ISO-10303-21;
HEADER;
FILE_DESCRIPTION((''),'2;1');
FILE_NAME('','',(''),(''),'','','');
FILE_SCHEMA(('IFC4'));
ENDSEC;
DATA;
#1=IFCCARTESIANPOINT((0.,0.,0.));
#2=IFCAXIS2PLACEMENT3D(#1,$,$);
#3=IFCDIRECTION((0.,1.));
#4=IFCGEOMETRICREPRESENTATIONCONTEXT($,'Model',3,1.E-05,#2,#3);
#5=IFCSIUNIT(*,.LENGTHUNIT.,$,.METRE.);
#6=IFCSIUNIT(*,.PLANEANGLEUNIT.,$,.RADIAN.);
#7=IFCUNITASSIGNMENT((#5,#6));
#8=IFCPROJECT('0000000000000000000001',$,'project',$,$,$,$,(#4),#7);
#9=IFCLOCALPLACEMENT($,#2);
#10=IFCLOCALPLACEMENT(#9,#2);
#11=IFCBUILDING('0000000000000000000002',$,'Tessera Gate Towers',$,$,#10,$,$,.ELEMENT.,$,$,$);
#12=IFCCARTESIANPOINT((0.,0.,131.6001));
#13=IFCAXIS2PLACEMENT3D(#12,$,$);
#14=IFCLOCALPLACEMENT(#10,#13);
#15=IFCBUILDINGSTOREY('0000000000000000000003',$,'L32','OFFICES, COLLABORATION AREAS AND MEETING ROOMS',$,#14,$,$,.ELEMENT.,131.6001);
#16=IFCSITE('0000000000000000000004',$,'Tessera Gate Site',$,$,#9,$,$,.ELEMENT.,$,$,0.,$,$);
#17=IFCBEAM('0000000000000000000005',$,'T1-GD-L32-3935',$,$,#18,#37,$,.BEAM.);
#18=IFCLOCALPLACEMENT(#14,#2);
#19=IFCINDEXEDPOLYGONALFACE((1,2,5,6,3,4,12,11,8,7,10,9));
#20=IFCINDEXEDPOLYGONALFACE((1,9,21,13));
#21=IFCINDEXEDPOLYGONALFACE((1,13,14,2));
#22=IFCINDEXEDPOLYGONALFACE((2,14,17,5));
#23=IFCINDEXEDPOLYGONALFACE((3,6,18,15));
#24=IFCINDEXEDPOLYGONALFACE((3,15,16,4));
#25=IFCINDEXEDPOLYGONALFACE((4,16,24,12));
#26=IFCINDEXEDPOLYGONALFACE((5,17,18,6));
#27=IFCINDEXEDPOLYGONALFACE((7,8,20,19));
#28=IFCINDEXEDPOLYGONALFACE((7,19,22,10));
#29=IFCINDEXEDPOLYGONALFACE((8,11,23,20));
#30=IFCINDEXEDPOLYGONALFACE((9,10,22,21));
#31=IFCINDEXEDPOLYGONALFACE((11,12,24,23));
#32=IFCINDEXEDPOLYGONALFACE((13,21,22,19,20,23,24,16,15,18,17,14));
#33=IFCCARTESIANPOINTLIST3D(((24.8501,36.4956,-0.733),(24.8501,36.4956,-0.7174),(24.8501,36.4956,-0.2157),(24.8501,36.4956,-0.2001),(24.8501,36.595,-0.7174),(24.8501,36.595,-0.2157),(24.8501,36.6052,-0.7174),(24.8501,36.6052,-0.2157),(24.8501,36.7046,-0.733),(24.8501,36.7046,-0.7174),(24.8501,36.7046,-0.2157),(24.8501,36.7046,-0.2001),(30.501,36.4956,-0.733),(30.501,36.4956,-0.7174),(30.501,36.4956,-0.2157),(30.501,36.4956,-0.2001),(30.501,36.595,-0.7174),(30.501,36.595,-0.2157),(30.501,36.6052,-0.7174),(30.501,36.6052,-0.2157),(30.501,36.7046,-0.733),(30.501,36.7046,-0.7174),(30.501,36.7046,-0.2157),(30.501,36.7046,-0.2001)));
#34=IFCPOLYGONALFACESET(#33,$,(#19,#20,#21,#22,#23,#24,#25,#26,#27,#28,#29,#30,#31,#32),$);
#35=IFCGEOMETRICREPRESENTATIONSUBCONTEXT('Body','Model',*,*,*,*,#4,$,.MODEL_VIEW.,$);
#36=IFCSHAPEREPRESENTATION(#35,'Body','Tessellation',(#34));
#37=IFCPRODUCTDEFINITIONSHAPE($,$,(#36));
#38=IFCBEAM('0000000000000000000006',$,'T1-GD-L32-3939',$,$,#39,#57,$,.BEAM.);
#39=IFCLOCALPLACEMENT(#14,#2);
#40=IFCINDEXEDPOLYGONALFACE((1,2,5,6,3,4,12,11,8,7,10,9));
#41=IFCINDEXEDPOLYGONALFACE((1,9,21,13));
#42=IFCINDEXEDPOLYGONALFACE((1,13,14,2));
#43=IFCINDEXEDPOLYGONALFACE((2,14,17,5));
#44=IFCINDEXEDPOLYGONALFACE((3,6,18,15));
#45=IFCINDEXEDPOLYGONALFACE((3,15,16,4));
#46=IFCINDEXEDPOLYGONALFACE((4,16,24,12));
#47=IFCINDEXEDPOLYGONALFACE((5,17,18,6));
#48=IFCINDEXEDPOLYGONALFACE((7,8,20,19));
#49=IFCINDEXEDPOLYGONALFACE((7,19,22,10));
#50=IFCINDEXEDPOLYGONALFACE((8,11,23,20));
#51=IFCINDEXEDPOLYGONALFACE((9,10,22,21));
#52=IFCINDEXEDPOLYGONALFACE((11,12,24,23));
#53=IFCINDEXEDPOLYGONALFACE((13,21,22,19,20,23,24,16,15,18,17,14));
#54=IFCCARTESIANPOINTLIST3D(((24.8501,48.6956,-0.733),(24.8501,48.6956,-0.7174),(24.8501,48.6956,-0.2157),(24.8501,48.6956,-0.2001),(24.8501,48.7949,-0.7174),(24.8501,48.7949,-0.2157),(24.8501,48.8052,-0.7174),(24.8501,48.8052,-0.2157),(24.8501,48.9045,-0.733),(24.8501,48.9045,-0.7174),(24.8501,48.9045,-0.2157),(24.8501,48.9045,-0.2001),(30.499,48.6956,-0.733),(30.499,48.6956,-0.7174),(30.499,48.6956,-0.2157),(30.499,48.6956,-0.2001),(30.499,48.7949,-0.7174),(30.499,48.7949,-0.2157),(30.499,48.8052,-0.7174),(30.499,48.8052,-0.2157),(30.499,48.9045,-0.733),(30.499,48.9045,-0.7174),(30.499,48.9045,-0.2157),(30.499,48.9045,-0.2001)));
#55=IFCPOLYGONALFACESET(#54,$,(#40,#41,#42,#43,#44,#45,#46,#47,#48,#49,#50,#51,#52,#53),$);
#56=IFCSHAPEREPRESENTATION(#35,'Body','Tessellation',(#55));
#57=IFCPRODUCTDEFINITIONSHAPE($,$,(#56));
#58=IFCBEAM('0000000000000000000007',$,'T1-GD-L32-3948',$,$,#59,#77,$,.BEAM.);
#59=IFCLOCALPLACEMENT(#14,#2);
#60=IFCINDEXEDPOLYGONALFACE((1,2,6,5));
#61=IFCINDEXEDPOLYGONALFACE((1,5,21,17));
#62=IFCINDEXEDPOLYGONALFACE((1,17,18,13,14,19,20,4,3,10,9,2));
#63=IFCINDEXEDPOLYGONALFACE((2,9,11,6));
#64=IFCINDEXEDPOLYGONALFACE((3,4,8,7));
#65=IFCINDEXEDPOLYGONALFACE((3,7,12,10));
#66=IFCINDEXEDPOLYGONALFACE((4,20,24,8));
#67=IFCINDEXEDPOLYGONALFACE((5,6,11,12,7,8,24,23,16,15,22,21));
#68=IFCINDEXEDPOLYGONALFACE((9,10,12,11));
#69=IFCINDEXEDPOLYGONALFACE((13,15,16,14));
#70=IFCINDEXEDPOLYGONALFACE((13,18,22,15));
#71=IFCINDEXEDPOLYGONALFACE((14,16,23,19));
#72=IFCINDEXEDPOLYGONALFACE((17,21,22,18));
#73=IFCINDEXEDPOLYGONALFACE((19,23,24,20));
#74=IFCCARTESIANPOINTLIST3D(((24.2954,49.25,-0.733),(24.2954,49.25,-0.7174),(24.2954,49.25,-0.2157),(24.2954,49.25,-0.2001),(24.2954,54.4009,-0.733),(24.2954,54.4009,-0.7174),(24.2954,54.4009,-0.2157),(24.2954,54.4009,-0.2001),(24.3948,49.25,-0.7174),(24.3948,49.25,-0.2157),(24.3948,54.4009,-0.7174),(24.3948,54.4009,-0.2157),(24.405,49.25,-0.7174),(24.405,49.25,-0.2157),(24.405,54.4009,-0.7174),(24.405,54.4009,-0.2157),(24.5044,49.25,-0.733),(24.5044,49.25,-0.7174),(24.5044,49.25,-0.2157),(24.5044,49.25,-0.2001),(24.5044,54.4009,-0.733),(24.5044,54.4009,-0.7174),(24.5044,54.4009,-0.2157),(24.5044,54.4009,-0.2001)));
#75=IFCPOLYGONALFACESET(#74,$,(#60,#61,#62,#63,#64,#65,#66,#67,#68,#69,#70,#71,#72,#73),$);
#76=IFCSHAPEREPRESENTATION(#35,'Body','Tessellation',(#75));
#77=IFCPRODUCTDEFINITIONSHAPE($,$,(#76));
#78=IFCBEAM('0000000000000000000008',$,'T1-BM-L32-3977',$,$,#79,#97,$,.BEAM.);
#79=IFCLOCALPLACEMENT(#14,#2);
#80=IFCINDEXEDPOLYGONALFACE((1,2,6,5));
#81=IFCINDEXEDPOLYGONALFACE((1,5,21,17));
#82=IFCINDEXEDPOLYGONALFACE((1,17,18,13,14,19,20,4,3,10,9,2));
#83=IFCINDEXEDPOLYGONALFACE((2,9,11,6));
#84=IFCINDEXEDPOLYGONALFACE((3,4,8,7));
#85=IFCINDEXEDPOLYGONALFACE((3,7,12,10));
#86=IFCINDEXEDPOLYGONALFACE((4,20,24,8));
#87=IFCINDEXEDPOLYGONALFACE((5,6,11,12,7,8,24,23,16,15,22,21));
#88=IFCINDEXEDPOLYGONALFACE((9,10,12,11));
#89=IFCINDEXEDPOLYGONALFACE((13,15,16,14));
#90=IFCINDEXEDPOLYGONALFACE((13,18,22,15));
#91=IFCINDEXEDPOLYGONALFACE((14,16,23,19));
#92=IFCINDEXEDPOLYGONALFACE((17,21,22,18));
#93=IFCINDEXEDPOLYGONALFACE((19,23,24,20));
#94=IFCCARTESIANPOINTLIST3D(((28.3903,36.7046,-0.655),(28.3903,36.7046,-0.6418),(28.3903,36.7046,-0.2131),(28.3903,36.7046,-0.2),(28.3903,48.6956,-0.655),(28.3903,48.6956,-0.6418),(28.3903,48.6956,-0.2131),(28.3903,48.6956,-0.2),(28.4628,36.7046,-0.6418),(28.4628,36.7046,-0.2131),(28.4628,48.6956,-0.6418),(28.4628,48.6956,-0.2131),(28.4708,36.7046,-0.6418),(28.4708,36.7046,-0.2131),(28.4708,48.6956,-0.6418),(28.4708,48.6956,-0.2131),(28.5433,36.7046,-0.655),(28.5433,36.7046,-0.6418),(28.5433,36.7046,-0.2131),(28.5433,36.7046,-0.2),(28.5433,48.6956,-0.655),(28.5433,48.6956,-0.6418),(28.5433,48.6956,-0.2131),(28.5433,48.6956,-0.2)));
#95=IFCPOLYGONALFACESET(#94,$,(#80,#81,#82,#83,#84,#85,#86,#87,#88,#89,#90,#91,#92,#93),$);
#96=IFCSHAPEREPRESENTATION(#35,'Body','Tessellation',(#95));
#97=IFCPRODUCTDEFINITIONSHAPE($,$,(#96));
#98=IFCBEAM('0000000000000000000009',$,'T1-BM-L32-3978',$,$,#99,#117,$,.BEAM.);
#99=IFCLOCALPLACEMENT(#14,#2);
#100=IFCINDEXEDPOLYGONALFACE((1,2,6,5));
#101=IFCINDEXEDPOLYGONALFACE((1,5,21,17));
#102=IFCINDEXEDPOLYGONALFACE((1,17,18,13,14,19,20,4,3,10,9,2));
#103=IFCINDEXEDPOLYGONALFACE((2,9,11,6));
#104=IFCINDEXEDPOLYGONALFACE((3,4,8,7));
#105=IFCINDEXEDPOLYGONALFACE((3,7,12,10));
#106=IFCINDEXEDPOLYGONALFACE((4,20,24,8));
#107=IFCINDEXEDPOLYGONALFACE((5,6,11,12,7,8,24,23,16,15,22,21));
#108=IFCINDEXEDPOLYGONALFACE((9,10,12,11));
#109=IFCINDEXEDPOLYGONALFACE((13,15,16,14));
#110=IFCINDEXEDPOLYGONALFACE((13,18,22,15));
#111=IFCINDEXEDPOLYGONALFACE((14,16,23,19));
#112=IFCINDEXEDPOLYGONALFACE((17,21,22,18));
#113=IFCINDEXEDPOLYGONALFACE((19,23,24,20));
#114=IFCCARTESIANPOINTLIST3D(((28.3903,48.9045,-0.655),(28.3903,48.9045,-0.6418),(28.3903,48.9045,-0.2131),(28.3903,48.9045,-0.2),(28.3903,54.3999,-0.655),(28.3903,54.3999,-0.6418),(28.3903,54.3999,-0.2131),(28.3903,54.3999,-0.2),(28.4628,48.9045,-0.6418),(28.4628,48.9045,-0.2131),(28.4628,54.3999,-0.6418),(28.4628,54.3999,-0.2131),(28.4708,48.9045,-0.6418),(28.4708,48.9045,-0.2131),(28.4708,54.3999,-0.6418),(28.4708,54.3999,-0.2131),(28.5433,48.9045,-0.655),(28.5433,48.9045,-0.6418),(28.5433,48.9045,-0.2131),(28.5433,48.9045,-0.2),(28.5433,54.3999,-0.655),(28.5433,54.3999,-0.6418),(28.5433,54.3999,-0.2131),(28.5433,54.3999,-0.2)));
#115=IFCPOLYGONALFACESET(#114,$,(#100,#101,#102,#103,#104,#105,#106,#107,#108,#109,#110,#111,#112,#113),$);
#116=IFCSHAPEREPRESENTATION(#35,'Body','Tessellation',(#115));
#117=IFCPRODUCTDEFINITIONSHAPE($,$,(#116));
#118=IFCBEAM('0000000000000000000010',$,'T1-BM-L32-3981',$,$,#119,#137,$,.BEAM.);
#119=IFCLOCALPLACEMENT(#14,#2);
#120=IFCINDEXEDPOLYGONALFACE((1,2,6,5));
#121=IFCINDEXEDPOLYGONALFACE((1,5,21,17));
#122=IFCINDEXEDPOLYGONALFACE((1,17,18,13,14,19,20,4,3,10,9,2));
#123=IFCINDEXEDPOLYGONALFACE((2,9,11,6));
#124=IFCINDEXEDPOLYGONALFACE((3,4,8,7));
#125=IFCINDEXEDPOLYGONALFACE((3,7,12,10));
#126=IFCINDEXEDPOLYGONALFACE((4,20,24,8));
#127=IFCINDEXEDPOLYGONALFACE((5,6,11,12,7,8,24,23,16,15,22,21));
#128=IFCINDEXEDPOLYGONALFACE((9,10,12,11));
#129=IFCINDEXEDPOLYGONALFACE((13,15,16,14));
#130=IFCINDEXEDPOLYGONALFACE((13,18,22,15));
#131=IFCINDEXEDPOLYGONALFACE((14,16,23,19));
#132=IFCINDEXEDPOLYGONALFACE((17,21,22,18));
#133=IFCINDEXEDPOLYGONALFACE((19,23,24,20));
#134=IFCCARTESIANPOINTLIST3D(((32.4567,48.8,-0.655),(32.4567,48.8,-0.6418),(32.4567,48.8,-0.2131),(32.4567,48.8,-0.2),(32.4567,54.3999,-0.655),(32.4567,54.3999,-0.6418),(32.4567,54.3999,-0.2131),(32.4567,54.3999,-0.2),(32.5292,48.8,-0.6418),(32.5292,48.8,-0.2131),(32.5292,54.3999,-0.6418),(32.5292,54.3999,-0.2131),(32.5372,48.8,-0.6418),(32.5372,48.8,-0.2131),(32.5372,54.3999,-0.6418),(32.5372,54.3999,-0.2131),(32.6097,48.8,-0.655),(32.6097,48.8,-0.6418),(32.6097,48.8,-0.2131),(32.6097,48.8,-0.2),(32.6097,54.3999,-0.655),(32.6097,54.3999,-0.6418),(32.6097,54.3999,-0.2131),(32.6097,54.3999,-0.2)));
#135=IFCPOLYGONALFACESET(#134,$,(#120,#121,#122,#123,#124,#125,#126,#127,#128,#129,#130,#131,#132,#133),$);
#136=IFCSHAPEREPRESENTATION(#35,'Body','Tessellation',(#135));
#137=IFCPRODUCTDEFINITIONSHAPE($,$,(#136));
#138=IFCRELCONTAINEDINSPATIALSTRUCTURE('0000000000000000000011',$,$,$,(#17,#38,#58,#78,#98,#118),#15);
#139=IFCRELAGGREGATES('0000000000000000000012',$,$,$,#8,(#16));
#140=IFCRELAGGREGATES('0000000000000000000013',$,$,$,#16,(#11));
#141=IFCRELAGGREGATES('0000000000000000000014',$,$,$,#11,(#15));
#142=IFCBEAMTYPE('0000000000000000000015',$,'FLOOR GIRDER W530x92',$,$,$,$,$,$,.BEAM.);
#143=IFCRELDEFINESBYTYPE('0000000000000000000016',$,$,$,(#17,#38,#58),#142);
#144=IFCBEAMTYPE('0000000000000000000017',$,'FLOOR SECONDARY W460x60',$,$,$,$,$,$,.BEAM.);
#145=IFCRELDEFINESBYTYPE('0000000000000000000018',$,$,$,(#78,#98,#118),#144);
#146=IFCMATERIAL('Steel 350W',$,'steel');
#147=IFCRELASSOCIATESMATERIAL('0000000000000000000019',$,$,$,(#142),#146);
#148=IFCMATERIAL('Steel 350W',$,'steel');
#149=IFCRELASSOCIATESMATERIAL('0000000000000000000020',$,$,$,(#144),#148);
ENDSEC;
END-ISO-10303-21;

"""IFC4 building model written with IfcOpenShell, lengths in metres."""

from ifc_helpers import new_model, si_unit, direction, frame, origin, origin_2d, place, context, subcontext, project, spatial, i_section, extrude, material, material_profile, profile_set, type_object, element, save


model = new_model("IFC4")

# Units and contexts
model_context = context("Model", 3, precision=1e-05, world=origin(), true_north=direction((0.0, 1.0)))
body_context = subcontext(model_context, "Body", "Model", "MODEL_VIEW")
ifc_project = project(units=[si_unit("LENGTHUNIT", "METRE"), si_unit("PLANEANGLEUNIT", "RADIAN")], contexts=[model_context])

# Site, building, storey
site_placement = place(None, origin())
site = spatial("IfcSite", under=ifc_project, at=site_placement, Name="Tessera Gate Site", CompositionType="ELEMENT", RefElevation=0.0)
building_placement = place(site_placement, origin())
building = spatial("IfcBuilding", under=site, at=building_placement, Name="Tessera Gate Towers", CompositionType="ELEMENT")
storey_placement = place(building_placement, frame((0.0, 0.0, 131.6001)))
storey = spatial("IfcBuildingStorey", under=building, at=storey_placement, Name="L32", Description="OFFICES, COLLABORATION AREAS AND MEETING ROOMS", CompositionType="ELEMENT", Elevation=131.6001)

# Beams
ifc_material_1 = material(Name="Steel 350W", Category="steel")
ifc_material_profile_1 = material_profile(ifc_material_1, i_section(OverallWidth=0.209, OverallDepth=0.533, WebThickness=0.0103, FlangeThickness=0.0156, at=origin_2d()), Name="W530x92")
ifc_profile_set_1 = profile_set([ifc_material_profile_1], Name="Steel 350W")
beam_type_1 = type_object("IfcBeamType", Name="FLOOR GIRDER W530x92", PredefinedType="BEAM", material=ifc_profile_set_1)
beam_1_placement = place(storey_placement, frame((24.8501, 36.6001, -0.4666), z_axis=(1.0, 0.0, 0.0), x_axis=(0.0, 1.0, 0.0)))
element("IfcBeam", 1, at=beam_1_placement, inside=storey, type_object=beam_type_1, Name="T1-GD-L32-3935", PredefinedType="BEAM", context=body_context, shape_type="SweptSolid", body=[
    extrude(i_section(OverallWidth=0.209, OverallDepth=0.533, WebThickness=0.0103, FlangeThickness=0.0156, at=origin_2d()), origin(), (0.0, 0.0, 1.0), 5.6509),
])
beam_2_placement = place(storey_placement, frame((24.8501, 48.8, -0.4666), z_axis=(1.0, 0.0, 0.0), x_axis=(0.0, 1.0, 0.0)))
element("IfcBeam", 2, at=beam_2_placement, inside=storey, type_object=beam_type_1, Name="T1-GD-L32-3939", PredefinedType="BEAM", context=body_context, shape_type="SweptSolid", body=[
    extrude(i_section(OverallWidth=0.209, OverallDepth=0.533, WebThickness=0.0103, FlangeThickness=0.0156, at=origin_2d()), origin(), (0.0, 0.0, 1.0), 5.6489),
])
beam_3_placement = place(storey_placement, frame((24.3999, 49.25, -0.4666), z_axis=(0.0, 1.0, 0.0), x_axis=(-1.0, 0.0, 0.0)))
element("IfcBeam", 3, at=beam_3_placement, inside=storey, type_object=beam_type_1, Name="T1-GD-L32-3948", PredefinedType="BEAM", context=body_context, shape_type="SweptSolid", body=[
    extrude(i_section(OverallWidth=0.209, OverallDepth=0.533, WebThickness=0.0103, FlangeThickness=0.0156, at=origin_2d()), origin(), (0.0, 0.0, 1.0), 5.1509),
])
ifc_material_2 = material(Name="Steel 350W", Category="steel")
ifc_material_profile_2 = material_profile(ifc_material_2, i_section(OverallWidth=0.1531, OverallDepth=0.4551, WebThickness=0.0081, FlangeThickness=0.0132, at=origin_2d()), Name="W460x60")
ifc_profile_set_2 = profile_set([ifc_material_profile_2], Name="Steel 350W")
beam_type_2 = type_object("IfcBeamType", Name="FLOOR SECONDARY W460x60", PredefinedType="BEAM", material=ifc_profile_set_2)
beam_4_placement = place(storey_placement, frame((28.4668, 36.7046, -0.4275), z_axis=(0.0, 1.0, 0.0), x_axis=(-1.0, 0.0, 0.0)))
element("IfcBeam", 4, at=beam_4_placement, inside=storey, type_object=beam_type_2, Name="T1-BM-L32-3977", PredefinedType="BEAM", context=body_context, shape_type="SweptSolid", body=[
    extrude(i_section(OverallWidth=0.1531, OverallDepth=0.4551, WebThickness=0.0081, FlangeThickness=0.0132, at=origin_2d()), origin(), (0.0, 0.0, 1.0), 11.991),
])
beam_5_placement = place(storey_placement, frame((28.4668, 48.9045, -0.4275), z_axis=(0.0, 1.0, 0.0), x_axis=(-1.0, 0.0, 0.0)))
element("IfcBeam", 5, at=beam_5_placement, inside=storey, type_object=beam_type_2, Name="T1-BM-L32-3978", PredefinedType="BEAM", context=body_context, shape_type="SweptSolid", body=[
    extrude(i_section(OverallWidth=0.1531, OverallDepth=0.4551, WebThickness=0.0081, FlangeThickness=0.0132, at=origin_2d()), origin(), (0.0, 0.0, 1.0), 5.4954),
])
beam_6_placement = place(storey_placement, frame((32.5332, 48.8, -0.4275), z_axis=(0.0, 1.0, 0.0), x_axis=(-1.0, 0.0, 0.0)))
element("IfcBeam", 6, at=beam_6_placement, inside=storey, type_object=beam_type_2, Name="T1-BM-L32-3981", PredefinedType="BEAM", context=body_context, shape_type="SweptSolid", body=[
    extrude(i_section(OverallWidth=0.1531, OverallDepth=0.4551, WebThickness=0.0081, FlangeThickness=0.0132, at=origin_2d()), origin(), (0.0, 0.0, 1.0), 5.5999),
])

save(model, "model.ifc")
